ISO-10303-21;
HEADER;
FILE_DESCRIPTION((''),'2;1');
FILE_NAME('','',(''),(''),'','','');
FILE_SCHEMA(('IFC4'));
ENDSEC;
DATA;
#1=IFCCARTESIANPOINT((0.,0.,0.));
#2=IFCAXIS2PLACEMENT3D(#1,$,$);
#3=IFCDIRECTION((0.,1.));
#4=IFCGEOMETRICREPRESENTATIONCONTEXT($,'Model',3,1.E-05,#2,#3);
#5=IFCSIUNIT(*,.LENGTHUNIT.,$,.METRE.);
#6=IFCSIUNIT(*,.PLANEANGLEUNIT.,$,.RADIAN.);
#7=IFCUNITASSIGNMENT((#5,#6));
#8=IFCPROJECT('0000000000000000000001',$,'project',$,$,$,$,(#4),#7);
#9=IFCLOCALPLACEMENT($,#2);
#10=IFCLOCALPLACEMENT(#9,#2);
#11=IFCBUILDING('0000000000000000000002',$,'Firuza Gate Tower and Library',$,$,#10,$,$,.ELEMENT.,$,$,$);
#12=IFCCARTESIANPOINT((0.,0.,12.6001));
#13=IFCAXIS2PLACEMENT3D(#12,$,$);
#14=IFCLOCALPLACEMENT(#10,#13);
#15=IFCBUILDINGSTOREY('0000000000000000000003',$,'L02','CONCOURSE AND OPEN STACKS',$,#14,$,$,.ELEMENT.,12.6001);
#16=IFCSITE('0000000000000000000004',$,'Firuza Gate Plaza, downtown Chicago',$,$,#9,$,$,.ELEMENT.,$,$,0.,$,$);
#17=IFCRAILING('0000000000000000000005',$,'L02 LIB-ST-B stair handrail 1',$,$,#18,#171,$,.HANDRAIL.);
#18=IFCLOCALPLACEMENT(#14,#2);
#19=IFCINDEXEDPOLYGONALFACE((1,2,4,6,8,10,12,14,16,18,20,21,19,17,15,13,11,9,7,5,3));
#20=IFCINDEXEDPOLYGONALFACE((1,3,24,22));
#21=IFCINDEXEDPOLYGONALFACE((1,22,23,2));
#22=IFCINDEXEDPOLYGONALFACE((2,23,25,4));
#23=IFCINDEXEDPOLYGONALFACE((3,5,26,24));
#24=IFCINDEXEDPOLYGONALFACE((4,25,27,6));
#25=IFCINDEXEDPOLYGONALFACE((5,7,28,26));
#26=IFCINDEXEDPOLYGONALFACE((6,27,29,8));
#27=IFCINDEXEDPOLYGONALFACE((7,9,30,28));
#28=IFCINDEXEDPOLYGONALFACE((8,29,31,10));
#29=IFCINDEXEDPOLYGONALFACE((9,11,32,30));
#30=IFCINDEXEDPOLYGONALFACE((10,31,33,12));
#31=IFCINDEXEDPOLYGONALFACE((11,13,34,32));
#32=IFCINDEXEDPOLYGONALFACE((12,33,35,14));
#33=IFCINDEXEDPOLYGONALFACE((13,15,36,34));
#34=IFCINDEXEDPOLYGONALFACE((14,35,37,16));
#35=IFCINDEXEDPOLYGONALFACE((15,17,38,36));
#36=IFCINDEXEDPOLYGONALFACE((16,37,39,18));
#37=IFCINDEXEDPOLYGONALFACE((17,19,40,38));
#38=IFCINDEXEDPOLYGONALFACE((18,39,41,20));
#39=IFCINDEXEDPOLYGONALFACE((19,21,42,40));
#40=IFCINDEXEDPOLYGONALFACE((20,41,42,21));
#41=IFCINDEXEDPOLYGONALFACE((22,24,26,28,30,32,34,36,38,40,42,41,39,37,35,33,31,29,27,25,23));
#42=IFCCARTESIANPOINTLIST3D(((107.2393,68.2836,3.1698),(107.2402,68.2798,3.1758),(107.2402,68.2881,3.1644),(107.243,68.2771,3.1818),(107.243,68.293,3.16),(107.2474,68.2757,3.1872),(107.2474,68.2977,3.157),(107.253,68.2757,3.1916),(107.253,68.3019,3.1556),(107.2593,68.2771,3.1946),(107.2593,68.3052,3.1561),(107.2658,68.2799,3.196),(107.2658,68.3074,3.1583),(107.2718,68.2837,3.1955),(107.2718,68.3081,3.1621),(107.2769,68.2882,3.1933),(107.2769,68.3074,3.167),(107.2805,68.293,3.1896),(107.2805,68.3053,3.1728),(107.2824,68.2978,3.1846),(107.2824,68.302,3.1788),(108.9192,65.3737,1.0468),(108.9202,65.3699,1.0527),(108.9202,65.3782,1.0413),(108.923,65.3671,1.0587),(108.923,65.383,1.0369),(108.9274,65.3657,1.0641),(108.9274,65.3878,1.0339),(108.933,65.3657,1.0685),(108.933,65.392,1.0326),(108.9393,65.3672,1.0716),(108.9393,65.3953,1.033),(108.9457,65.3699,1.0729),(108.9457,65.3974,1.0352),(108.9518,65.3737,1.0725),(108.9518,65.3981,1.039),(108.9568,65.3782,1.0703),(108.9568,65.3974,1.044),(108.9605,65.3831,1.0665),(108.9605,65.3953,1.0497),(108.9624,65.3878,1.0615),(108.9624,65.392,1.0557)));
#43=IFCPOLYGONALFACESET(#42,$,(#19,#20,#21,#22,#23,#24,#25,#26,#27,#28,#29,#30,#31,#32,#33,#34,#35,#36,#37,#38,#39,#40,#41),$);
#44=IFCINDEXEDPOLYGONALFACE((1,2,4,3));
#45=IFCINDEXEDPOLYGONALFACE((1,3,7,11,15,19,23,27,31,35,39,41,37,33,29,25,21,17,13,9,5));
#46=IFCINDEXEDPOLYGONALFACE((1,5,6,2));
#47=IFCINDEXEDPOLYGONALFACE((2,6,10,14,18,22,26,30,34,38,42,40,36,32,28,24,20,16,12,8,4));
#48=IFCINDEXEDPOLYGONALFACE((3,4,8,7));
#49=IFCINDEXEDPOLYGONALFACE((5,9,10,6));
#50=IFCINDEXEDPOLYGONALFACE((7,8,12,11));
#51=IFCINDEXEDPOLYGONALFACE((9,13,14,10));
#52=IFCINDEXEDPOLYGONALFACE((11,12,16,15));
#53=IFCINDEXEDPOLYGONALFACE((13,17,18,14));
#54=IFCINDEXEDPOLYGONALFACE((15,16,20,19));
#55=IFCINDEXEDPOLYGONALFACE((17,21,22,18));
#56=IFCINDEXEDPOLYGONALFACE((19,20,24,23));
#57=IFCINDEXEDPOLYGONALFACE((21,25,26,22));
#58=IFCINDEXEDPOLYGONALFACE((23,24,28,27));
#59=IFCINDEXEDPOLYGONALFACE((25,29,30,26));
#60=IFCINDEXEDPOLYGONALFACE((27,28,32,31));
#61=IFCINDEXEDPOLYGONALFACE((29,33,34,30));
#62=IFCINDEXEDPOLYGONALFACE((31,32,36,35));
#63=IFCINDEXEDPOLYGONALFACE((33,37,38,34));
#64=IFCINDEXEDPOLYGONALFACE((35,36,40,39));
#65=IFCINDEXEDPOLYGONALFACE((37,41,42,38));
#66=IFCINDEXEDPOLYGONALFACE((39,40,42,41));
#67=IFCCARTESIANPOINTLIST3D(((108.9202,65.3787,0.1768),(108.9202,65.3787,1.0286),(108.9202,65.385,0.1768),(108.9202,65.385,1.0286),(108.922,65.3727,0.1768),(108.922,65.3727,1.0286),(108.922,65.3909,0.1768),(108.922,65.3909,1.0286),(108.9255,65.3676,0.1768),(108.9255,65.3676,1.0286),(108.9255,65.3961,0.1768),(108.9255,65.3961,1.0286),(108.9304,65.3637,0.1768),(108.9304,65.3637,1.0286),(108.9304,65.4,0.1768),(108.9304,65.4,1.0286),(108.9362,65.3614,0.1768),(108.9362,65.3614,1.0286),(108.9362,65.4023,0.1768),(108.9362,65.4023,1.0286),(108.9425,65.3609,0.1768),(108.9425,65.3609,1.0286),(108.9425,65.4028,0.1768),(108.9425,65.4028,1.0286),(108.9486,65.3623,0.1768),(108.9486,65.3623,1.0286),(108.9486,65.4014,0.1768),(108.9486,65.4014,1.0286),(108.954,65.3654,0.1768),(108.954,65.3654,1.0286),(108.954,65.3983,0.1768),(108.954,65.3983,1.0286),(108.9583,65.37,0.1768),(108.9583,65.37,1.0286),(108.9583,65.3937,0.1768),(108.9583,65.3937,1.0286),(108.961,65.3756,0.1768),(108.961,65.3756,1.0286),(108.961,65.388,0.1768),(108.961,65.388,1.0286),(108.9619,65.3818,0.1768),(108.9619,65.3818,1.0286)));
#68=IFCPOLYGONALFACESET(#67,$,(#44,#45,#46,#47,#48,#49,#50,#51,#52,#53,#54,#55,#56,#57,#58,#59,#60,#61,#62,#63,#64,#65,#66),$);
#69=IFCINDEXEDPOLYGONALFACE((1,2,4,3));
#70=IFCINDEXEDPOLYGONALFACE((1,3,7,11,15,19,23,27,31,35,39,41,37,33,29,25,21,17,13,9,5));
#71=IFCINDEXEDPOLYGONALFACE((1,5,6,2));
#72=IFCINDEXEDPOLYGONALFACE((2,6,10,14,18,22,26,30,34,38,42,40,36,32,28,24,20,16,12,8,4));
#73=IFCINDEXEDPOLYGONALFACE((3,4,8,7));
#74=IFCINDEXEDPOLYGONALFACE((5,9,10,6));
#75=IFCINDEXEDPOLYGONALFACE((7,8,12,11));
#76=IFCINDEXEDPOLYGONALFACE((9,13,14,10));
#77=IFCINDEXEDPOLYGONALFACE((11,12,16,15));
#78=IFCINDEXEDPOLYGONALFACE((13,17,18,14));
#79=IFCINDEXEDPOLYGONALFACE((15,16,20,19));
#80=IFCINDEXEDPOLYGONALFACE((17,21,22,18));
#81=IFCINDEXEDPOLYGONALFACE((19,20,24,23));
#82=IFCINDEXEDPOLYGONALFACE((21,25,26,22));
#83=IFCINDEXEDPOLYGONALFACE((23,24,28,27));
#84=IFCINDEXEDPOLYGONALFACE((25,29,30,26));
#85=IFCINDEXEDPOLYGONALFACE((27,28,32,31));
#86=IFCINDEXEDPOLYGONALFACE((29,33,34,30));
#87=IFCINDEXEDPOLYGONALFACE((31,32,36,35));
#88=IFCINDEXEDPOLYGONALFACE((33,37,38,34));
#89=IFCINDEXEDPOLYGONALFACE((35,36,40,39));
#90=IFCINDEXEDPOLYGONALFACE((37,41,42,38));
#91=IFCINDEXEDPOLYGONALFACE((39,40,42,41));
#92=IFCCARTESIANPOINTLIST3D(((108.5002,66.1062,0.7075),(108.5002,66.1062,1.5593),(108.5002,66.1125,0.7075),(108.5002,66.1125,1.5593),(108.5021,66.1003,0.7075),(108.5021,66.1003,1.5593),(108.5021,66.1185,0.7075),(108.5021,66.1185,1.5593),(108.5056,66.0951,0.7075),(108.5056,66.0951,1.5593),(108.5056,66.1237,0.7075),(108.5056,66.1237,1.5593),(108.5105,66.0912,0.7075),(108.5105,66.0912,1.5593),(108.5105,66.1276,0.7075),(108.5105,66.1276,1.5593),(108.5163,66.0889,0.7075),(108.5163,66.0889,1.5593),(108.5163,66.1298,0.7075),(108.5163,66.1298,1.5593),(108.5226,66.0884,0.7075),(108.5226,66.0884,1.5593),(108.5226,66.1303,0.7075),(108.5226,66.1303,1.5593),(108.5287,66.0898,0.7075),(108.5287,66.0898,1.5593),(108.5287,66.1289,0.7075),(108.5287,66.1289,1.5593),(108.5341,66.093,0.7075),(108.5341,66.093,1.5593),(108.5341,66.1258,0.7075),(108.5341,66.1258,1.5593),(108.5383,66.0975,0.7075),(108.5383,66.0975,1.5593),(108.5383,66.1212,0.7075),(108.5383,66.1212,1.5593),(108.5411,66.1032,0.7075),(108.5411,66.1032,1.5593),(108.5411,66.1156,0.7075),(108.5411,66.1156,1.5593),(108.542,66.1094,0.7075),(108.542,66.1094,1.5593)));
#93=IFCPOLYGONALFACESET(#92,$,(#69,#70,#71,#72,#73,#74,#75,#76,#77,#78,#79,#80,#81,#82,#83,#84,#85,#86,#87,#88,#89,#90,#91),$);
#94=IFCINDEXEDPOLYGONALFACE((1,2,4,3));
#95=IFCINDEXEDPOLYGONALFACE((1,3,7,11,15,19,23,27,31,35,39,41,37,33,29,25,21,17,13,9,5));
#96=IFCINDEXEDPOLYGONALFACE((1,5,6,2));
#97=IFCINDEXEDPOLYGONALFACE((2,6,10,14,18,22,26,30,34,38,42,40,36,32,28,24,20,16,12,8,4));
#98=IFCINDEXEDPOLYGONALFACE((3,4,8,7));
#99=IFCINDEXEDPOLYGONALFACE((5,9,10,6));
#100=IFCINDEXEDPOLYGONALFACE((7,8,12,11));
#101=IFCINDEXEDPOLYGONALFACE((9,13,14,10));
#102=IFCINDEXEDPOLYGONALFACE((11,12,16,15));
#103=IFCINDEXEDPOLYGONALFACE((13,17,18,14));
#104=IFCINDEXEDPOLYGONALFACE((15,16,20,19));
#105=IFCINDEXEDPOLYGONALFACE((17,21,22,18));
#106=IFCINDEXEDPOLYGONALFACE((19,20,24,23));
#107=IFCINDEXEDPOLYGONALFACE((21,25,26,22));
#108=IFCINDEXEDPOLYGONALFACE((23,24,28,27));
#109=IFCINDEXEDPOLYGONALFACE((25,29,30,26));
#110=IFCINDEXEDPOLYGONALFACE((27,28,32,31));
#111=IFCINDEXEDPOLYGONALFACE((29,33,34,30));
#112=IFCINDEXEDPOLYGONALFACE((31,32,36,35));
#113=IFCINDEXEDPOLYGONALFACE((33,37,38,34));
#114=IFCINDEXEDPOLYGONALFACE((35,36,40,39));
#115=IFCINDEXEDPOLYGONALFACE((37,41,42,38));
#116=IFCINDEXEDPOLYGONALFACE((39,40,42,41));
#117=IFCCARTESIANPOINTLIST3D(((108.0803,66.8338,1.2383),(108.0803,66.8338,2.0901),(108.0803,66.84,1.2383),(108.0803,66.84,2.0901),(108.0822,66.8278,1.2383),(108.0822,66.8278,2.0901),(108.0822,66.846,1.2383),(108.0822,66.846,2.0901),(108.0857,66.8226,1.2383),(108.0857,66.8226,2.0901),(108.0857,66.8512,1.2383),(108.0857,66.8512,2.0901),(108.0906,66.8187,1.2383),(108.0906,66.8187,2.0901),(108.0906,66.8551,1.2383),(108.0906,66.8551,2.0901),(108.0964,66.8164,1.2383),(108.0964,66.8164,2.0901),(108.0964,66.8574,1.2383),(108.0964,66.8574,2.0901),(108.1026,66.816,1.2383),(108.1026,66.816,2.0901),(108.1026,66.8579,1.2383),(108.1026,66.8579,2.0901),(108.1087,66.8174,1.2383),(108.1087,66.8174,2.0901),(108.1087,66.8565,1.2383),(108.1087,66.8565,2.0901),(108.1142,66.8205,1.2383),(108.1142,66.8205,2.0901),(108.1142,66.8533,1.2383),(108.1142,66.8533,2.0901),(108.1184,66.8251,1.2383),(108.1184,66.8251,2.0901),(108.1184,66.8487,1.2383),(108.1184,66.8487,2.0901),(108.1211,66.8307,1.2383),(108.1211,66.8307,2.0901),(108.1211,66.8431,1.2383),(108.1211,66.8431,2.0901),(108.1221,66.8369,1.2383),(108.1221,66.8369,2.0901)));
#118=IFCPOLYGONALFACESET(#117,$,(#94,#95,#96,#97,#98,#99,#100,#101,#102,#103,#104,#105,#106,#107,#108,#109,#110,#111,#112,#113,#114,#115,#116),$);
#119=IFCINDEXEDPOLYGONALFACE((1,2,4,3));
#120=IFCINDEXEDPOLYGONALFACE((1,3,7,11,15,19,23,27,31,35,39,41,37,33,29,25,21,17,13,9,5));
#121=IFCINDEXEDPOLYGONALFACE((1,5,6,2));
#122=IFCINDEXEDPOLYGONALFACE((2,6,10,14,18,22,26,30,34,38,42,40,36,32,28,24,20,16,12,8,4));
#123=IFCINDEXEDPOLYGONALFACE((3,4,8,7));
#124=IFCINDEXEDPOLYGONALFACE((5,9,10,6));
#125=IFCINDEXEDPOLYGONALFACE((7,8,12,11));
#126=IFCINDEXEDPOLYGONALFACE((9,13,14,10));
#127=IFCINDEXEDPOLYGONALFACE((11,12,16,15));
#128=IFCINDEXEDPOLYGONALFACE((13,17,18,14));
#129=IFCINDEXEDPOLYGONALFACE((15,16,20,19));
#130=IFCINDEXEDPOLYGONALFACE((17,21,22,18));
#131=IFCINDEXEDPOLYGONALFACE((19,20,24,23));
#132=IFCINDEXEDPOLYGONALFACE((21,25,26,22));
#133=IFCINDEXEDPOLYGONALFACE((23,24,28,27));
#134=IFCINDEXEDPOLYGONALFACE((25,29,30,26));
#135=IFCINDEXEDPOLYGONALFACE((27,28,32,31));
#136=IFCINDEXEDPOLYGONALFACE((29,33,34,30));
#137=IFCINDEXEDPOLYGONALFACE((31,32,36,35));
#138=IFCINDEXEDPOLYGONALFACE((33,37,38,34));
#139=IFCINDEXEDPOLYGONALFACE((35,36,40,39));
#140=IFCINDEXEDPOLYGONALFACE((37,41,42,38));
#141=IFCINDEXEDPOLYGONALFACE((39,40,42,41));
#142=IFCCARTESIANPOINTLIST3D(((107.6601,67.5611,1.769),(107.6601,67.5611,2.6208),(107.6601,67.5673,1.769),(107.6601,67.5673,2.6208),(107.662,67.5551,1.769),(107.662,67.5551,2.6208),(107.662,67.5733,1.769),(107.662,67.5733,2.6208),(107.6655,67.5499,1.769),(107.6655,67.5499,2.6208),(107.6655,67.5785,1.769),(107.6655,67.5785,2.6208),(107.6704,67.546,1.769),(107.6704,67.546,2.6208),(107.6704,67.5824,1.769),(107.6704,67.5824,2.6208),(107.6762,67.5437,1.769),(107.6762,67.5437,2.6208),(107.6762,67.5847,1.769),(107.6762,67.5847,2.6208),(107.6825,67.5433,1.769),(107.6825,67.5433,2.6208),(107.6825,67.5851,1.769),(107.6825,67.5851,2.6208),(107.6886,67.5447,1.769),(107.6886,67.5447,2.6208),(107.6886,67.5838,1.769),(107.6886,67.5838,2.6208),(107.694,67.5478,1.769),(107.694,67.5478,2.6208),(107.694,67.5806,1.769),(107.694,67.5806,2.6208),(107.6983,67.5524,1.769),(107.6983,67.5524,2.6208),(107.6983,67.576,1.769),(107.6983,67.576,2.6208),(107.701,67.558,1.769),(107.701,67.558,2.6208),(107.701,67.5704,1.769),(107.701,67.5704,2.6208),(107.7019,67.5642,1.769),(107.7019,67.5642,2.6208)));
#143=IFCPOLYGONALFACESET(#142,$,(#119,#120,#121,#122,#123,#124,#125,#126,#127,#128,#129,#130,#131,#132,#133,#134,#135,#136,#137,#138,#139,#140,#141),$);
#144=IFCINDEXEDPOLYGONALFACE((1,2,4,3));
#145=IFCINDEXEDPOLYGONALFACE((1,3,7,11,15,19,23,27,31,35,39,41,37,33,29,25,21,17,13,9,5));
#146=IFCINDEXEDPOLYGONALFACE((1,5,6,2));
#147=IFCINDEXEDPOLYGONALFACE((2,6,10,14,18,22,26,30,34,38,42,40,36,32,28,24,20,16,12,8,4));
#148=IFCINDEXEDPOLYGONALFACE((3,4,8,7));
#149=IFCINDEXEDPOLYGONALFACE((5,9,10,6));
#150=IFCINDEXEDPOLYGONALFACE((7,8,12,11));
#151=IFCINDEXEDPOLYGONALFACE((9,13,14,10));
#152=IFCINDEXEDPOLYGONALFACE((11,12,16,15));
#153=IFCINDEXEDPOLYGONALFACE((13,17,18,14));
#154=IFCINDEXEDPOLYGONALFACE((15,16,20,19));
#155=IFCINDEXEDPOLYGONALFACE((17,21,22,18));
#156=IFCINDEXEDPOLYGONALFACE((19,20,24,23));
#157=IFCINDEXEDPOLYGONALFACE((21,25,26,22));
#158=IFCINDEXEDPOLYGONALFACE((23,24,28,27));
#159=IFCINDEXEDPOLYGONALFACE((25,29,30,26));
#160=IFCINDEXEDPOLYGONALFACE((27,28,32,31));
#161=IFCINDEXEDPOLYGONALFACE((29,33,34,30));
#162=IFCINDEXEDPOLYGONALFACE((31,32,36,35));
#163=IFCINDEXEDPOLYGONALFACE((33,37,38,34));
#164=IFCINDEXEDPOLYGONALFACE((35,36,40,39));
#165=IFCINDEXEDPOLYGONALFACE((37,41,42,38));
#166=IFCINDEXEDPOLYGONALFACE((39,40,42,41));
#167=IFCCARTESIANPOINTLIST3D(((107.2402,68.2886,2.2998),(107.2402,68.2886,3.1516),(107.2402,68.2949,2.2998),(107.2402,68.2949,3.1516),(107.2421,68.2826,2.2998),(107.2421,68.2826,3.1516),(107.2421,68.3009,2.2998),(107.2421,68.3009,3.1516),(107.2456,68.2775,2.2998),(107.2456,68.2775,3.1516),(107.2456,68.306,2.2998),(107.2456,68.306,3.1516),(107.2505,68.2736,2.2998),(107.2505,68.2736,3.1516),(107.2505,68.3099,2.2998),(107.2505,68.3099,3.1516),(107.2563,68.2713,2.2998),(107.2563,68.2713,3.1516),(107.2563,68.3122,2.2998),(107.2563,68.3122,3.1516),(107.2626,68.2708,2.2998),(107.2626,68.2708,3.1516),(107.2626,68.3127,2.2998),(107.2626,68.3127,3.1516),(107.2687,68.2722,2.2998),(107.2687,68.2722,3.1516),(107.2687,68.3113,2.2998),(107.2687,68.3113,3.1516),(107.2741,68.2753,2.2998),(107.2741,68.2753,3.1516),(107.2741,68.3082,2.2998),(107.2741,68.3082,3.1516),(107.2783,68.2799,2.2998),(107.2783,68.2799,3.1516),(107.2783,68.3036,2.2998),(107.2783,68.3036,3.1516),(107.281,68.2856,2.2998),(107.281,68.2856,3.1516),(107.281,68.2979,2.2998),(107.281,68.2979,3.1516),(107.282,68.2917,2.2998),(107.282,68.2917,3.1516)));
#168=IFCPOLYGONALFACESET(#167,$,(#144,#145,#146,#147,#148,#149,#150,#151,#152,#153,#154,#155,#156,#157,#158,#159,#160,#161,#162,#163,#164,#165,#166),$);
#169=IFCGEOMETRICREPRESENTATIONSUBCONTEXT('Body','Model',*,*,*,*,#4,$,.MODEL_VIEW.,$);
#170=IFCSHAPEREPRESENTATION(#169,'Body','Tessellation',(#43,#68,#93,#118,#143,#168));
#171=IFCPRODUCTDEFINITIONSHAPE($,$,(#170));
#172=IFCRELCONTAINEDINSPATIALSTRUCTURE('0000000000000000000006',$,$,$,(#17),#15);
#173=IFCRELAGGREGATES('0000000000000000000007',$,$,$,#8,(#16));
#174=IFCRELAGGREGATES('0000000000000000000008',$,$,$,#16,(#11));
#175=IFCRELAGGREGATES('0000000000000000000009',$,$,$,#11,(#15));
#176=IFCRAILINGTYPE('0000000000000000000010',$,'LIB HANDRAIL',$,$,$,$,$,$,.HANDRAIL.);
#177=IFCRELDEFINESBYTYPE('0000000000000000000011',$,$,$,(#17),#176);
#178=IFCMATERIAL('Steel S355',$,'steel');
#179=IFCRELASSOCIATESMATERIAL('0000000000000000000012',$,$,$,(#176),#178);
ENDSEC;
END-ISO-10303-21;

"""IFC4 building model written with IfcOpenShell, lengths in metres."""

from ifc_helpers import new_model, si_unit, direction, frame, origin, origin_2d, place, context, subcontext, project, spatial, circle, extrude, material, type_object, element, save


model = new_model("IFC4")

# Units and contexts
model_context = context("Model", 3, precision=1e-05, world=origin(), true_north=direction((0.0, 1.0)))
body_context = subcontext(model_context, "Body", "Model", "MODEL_VIEW")
ifc_project = project(units=[si_unit("LENGTHUNIT", "METRE"), si_unit("PLANEANGLEUNIT", "RADIAN")], contexts=[model_context])

# Site, building, storey
site_placement = place(None, origin())
site = spatial("IfcSite", under=ifc_project, at=site_placement, Name="Firuza Gate Plaza, downtown Chicago", CompositionType="ELEMENT", RefElevation=0.0)
building_placement = place(site_placement, origin())
building = spatial("IfcBuilding", under=site, at=building_placement, Name="Firuza Gate Tower and Library", CompositionType="ELEMENT")
storey_placement = place(building_placement, frame((0.0, 0.0, 12.6001)))
storey = spatial("IfcBuildingStorey", under=building, at=storey_placement, Name="L02", Description="CONCOURSE AND OPEN STACKS", CompositionType="ELEMENT", Elevation=12.6001)

# Railing
ifc_material_1 = material(Name="Steel S355", Category="steel")
railing_type_1 = type_object("IfcRailingType", Name="LIB HANDRAIL", PredefinedType="HANDRAIL", material=ifc_material_1)
railing_1_placement = place(storey_placement, frame((108.9409, 65.3818, 0.1768)))
element("IfcRailing", 1, at=railing_1_placement, inside=storey, type_object=railing_type_1, Name="L02 LIB-ST-B stair handrail 1", PredefinedType="HANDRAIL", context=body_context, shape_type="SweptSolid", body=[
    extrude(circle(Radius=0.0239, at=origin_2d()), frame((0.0, 0.0, 0.876), z_axis=(-0.422672, 0.732135, 0.53416), x_axis=(-0.866039, -0.499976, 0.0)), (0.0, 0.0, 1.0), 3.9746),
    extrude(circle(Radius=0.021, at=origin_2d()), origin(), (0.0, 0.0, 1.0), 0.8518),
    extrude(circle(Radius=0.021, at=origin_2d()), frame((-0.4199, 0.7275, 0.5308)), (0.0, 0.0, 1.0), 0.8518),
    extrude(circle(Radius=0.021, at=origin_2d()), frame((-0.8398, 1.4551, 1.0615)), (0.0, 0.0, 1.0), 0.8518),
    extrude(circle(Radius=0.021, at=origin_2d()), frame((-1.26, 2.1824, 1.5923)), (0.0, 0.0, 1.0), 0.8518),
    extrude(circle(Radius=0.021, at=origin_2d()), frame((-1.6799, 2.9099, 2.123)), (0.0, 0.0, 1.0), 0.8518),
])

save(model, "model.ifc")
